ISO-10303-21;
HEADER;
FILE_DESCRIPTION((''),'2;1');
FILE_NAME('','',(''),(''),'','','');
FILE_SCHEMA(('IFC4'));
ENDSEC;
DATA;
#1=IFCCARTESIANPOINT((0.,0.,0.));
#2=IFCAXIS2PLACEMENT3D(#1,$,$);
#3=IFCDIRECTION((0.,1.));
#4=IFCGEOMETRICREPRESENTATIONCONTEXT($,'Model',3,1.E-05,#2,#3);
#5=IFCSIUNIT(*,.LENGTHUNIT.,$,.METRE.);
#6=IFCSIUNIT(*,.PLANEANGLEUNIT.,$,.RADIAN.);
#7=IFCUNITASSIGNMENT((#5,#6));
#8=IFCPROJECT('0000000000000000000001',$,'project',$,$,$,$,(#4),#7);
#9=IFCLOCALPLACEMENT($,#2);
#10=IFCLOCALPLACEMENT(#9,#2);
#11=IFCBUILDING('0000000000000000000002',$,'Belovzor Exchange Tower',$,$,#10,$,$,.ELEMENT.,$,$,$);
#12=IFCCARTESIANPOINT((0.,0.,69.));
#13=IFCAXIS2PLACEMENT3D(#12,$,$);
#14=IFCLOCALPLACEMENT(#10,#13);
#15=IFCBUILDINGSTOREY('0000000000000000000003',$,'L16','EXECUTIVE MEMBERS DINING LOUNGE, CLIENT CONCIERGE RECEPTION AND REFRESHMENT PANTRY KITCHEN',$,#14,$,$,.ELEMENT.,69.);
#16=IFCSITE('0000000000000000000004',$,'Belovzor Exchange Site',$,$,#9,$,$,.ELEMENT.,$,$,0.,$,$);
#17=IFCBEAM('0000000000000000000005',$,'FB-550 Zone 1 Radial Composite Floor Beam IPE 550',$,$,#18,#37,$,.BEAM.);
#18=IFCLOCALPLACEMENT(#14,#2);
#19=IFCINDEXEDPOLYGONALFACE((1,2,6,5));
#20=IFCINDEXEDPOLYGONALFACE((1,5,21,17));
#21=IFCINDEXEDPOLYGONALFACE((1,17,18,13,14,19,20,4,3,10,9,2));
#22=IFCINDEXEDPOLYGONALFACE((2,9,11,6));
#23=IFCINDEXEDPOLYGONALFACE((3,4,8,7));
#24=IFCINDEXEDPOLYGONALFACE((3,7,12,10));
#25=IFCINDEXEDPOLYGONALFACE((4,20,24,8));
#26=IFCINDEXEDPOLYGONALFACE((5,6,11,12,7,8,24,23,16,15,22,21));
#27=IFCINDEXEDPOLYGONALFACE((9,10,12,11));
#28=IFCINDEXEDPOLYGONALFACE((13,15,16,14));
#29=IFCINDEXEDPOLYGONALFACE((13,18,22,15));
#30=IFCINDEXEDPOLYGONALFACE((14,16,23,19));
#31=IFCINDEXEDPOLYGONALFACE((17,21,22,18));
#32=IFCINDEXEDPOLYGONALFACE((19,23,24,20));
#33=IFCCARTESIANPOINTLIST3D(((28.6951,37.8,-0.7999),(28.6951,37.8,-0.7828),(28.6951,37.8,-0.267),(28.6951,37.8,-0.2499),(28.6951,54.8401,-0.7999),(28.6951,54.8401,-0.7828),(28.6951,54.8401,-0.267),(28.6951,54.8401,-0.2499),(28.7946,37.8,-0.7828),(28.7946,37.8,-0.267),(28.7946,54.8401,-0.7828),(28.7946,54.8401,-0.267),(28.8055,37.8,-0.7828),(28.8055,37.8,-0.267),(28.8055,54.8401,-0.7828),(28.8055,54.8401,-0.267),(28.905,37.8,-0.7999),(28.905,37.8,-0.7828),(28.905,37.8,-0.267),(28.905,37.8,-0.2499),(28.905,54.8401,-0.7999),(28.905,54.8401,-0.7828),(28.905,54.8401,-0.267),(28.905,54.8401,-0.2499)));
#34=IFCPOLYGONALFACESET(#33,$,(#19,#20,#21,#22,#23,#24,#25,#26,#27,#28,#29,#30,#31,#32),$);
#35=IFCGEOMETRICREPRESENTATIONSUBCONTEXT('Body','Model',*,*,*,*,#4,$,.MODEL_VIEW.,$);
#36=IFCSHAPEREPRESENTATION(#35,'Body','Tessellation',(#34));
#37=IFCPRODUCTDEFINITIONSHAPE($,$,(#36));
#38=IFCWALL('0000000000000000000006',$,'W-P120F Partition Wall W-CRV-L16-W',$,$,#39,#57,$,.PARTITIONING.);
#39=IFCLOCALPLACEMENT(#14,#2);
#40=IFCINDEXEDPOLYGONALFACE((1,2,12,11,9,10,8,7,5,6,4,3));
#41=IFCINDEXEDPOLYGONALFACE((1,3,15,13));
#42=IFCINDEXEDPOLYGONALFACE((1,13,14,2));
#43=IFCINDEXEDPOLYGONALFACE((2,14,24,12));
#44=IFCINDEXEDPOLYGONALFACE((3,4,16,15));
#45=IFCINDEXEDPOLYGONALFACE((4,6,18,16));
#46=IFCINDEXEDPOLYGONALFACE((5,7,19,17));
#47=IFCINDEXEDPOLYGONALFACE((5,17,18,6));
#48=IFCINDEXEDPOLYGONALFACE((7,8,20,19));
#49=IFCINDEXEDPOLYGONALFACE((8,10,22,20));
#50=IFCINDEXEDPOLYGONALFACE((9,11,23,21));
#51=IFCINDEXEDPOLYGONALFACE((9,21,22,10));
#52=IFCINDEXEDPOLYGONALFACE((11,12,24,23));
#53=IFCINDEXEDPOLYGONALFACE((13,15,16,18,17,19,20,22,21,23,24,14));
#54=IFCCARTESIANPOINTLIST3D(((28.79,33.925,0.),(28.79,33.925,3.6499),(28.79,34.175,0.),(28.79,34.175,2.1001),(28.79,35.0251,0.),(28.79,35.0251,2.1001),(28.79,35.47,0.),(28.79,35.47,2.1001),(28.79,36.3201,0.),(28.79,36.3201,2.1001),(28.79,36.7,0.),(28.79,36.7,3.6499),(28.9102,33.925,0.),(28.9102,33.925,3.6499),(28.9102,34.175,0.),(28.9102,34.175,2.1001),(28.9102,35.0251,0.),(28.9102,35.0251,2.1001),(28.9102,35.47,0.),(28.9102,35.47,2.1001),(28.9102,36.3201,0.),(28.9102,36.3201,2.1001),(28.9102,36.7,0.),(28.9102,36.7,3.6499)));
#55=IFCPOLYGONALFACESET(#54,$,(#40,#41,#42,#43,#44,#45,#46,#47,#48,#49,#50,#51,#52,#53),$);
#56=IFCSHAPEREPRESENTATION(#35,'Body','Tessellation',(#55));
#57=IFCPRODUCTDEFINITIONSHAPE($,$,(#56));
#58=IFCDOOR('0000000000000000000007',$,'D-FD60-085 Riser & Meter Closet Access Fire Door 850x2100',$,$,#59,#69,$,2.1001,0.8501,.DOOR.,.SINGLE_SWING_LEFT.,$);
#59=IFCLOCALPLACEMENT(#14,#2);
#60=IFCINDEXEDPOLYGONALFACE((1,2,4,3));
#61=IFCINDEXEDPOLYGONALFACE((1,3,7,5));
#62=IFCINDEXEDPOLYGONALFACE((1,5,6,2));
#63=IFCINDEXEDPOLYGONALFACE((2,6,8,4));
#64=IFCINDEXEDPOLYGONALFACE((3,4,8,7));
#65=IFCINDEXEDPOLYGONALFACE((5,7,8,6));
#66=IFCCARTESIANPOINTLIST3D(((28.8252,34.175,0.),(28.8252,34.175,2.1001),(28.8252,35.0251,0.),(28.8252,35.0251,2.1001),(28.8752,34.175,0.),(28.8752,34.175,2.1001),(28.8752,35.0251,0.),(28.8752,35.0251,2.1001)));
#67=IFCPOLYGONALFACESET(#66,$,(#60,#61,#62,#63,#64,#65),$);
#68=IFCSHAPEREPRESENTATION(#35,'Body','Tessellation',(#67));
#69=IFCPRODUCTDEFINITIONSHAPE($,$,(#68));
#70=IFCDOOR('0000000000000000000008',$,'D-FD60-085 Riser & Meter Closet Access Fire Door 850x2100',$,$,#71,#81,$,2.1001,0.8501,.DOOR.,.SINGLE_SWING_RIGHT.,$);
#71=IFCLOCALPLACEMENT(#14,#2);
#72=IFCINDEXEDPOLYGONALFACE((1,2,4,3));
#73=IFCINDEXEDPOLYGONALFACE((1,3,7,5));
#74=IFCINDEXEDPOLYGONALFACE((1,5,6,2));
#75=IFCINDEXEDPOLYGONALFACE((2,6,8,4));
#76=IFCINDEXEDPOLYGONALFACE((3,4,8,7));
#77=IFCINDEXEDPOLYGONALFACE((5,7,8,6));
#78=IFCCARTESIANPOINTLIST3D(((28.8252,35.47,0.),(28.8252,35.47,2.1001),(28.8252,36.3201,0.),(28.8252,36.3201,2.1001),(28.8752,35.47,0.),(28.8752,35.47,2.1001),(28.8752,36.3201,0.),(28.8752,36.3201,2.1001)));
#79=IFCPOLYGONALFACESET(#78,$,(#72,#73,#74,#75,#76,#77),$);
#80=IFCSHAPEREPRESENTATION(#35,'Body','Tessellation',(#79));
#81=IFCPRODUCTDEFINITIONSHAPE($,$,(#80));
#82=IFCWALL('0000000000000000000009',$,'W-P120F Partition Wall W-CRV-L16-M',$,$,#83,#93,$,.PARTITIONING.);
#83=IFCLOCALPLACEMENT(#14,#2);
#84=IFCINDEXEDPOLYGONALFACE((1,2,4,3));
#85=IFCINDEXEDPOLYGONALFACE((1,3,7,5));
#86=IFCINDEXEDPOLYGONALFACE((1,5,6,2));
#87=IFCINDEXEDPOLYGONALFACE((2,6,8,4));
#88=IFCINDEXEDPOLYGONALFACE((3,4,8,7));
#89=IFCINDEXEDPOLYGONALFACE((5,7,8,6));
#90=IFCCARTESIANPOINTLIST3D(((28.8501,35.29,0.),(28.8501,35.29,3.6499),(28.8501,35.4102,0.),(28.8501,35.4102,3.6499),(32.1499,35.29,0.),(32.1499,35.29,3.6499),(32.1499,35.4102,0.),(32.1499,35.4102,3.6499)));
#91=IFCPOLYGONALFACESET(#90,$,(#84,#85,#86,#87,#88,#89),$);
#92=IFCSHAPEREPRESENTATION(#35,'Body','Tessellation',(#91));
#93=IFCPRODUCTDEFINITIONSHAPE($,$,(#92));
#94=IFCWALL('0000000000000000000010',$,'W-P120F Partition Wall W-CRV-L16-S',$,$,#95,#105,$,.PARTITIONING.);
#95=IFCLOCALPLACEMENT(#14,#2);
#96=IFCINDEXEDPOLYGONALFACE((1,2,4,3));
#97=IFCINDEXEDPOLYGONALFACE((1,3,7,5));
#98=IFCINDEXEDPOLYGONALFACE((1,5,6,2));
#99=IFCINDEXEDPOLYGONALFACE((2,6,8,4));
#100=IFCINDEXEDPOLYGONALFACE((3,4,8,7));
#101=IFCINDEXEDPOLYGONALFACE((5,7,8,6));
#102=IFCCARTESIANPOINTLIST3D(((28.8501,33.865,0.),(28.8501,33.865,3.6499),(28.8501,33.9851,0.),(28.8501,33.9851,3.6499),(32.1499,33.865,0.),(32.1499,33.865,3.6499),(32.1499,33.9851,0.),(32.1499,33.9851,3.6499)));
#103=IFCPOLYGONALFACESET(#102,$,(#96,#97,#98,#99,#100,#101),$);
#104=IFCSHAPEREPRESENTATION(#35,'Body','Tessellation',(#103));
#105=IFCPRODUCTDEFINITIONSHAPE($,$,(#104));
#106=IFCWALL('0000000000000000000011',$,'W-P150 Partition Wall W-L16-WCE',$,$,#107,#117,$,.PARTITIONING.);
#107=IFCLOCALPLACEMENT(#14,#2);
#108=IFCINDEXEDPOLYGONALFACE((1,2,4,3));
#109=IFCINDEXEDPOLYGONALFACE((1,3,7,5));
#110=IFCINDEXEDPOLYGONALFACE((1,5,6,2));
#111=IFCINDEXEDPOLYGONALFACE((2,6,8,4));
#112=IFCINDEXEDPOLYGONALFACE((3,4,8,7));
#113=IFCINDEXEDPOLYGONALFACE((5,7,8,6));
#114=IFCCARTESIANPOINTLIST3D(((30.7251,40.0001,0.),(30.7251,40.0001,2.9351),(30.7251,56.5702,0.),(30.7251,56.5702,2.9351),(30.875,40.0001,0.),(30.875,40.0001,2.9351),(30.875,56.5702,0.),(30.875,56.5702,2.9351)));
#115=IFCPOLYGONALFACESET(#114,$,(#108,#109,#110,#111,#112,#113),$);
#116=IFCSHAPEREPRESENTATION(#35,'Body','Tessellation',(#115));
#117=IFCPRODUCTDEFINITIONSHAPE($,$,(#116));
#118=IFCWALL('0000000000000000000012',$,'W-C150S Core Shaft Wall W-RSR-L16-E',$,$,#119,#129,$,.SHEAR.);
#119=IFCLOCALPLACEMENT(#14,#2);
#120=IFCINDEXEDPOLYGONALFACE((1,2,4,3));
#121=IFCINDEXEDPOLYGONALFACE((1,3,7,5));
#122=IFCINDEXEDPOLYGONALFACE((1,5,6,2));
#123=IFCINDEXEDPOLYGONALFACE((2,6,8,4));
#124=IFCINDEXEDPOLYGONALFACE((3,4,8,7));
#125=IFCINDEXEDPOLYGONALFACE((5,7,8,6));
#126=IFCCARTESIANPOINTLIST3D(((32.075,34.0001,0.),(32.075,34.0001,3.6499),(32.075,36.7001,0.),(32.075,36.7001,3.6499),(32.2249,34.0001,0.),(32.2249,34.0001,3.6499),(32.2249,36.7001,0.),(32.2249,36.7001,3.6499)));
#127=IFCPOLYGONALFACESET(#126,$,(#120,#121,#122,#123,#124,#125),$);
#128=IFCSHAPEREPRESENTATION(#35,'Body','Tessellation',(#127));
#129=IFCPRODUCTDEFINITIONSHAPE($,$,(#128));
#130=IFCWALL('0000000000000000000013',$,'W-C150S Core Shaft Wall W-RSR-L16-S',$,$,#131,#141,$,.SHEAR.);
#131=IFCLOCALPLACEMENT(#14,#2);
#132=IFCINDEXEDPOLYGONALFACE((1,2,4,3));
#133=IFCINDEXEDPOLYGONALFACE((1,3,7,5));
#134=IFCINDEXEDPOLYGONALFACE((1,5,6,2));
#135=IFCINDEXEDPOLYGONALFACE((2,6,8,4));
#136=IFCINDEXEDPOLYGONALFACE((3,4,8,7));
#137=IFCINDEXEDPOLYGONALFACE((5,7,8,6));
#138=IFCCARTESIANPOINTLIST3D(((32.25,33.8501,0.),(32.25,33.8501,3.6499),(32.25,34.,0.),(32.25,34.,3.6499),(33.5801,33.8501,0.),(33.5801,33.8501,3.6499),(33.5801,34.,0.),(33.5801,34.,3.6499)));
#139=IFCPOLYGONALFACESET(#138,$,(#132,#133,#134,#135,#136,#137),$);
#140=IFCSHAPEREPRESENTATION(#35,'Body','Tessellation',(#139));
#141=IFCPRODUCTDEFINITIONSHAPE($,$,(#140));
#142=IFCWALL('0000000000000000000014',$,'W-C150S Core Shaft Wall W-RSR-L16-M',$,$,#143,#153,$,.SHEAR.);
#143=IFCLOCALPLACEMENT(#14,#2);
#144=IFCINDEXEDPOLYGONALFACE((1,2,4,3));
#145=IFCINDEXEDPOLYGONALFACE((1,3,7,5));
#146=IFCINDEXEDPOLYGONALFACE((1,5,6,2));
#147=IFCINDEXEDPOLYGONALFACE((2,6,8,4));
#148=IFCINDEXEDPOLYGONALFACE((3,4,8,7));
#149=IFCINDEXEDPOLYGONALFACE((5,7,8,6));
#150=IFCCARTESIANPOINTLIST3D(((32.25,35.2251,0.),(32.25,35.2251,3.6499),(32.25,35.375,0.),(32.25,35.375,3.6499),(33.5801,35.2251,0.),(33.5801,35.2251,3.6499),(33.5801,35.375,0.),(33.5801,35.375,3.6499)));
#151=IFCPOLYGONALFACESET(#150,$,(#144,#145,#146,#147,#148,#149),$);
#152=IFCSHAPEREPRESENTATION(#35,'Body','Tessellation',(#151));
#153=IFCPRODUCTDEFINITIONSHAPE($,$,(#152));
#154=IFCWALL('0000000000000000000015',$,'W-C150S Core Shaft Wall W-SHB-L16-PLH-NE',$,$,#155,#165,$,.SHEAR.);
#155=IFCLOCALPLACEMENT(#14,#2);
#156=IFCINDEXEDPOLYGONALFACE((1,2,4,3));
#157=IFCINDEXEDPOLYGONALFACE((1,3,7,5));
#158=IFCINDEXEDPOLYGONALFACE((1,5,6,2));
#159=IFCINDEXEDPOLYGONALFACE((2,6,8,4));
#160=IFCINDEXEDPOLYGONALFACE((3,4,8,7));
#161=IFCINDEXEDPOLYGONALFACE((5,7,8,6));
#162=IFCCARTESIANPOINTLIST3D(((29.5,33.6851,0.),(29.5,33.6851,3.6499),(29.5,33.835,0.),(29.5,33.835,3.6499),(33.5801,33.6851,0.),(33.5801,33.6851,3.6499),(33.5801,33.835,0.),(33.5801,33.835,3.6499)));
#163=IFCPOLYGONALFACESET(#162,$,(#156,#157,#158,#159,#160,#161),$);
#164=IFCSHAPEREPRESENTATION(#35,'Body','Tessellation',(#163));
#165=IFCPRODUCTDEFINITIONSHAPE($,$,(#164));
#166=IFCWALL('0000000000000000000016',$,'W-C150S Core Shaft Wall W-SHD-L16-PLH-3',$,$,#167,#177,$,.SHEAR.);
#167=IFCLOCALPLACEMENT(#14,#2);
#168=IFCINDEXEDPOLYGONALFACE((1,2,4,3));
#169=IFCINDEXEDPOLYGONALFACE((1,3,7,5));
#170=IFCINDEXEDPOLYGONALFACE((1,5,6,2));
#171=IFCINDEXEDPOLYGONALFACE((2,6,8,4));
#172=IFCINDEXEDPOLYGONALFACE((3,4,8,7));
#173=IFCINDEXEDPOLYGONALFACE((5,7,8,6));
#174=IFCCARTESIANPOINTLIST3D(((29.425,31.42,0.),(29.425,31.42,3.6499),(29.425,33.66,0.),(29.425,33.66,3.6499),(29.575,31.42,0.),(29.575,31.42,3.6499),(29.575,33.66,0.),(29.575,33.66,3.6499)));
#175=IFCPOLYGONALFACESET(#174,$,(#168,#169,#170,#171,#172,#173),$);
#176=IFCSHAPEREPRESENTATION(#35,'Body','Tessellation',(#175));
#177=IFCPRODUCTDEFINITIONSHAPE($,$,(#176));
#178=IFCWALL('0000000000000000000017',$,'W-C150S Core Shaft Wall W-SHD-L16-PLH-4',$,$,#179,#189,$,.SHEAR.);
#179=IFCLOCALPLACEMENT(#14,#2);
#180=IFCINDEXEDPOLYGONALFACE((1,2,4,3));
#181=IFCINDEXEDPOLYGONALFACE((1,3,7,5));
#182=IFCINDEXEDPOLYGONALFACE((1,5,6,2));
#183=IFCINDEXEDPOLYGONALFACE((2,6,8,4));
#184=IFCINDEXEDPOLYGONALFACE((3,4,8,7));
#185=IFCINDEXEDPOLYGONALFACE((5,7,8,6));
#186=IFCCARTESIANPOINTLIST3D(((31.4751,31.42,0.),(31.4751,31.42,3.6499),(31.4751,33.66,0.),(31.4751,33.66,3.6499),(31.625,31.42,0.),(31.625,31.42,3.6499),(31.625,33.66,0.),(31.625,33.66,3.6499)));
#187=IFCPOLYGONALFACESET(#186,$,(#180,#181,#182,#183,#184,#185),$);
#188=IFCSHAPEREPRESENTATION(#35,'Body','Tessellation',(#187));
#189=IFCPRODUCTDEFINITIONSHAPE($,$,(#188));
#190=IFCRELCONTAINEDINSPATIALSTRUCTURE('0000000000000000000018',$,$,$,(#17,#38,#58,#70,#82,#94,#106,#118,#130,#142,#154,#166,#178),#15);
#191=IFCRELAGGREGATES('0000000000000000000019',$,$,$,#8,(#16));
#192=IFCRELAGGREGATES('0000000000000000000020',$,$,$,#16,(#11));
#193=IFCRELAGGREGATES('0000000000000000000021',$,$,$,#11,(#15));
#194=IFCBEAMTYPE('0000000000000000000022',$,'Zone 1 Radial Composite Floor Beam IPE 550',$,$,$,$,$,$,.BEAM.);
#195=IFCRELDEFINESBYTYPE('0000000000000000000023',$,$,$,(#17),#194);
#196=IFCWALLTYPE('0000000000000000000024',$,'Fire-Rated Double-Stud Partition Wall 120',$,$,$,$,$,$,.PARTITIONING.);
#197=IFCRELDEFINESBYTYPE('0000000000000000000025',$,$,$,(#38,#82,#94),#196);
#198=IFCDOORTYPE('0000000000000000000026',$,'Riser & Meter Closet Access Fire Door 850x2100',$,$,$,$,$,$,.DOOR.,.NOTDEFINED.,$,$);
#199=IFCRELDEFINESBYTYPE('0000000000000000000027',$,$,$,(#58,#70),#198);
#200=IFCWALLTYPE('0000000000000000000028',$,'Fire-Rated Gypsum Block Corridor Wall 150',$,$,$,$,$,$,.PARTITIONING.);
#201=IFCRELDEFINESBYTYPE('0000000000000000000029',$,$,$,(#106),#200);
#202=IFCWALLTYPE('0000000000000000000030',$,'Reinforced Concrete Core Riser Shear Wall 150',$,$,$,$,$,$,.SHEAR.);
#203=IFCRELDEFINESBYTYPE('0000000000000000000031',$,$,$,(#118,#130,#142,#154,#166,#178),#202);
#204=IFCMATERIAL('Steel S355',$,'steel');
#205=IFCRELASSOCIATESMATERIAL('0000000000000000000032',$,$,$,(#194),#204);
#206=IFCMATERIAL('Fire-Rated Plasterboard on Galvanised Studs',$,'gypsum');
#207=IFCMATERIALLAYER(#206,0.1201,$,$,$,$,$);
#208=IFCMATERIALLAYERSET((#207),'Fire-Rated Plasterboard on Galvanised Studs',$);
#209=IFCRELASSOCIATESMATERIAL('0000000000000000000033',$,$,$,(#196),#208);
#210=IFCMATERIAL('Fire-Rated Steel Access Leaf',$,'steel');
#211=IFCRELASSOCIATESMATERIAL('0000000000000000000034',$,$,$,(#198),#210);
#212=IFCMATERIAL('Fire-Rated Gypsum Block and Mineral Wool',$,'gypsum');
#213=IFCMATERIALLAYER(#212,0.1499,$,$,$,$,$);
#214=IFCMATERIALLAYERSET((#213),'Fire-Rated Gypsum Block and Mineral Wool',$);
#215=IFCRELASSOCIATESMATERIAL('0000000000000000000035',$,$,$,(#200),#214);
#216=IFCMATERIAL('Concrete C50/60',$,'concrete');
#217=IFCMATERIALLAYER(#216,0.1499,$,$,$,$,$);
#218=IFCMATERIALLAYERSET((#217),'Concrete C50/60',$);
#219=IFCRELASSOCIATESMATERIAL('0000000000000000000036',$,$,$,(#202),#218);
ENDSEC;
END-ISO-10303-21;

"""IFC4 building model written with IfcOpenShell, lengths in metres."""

from ifc_helpers import new_model, si_unit, direction, frame, frame_2d, origin, origin_2d, place, context, subcontext, project, spatial, rectangle, i_section, extrude, material, layer, layer_set, material_profile, profile_set, type_object, element, fill, save


model = new_model("IFC4")

# Units and contexts
model_context = context("Model", 3, precision=1e-05, world=origin(), true_north=direction((0.0, 1.0)))
body_context = subcontext(model_context, "Body", "Model", "MODEL_VIEW")
ifc_project = project(units=[si_unit("LENGTHUNIT", "METRE"), si_unit("PLANEANGLEUNIT", "RADIAN")], contexts=[model_context])

# Site, building, storey
site_placement = place(None, origin())
site = spatial("IfcSite", under=ifc_project, at=site_placement, Name="Belovzor Exchange Site", CompositionType="ELEMENT", RefElevation=0.0)
building_placement = place(site_placement, origin())
building = spatial("IfcBuilding", under=site, at=building_placement, Name="Belovzor Exchange Tower", CompositionType="ELEMENT")
storey_placement = place(building_placement, frame((0.0, 0.0, 69.0)))
storey = spatial("IfcBuildingStorey", under=building, at=storey_placement, Name="L16", Description="EXECUTIVE MEMBERS DINING LOUNGE, CLIENT CONCIERGE RECEPTION AND REFRESHMENT PANTRY KITCHEN", CompositionType="ELEMENT", Elevation=69.0)

# Beam
ifc_material_1 = material(Name="Steel S355", Category="steel")
ifc_material_profile = material_profile(ifc_material_1, i_section(OverallWidth=0.21, OverallDepth=0.55, WebThickness=0.011, FlangeThickness=0.0171, at=origin_2d()))
ifc_profile_set = profile_set([ifc_material_profile], Name="Steel S355")
beam_type = type_object("IfcBeamType", Name="Zone 1 Radial Composite Floor Beam IPE 550", PredefinedType="BEAM", material=ifc_profile_set)
beam_placement = place(storey_placement, frame((28.8, 37.8, -0.5249), z_axis=(0.0, 1.0, 0.0), x_axis=(-1.0, 0.0, 0.0)))
element("IfcBeam", 1, at=beam_placement, inside=storey, type_object=beam_type, Name="FB-550 Zone 1 Radial Composite Floor Beam IPE 550", PredefinedType="BEAM", context=body_context, shape_type="SweptSolid", body=[
    extrude(i_section(OverallWidth=0.21, OverallDepth=0.55, WebThickness=0.011, FlangeThickness=0.0171, at=origin_2d()), origin(), (0.0, 0.0, 1.0), 17.04),
])

# Wall, openings, doors
ifc_material_2 = material(Name="Fire-Rated Plasterboard on Galvanised Studs", Category="gypsum")
ifc_layer_1 = layer(ifc_material_2, 0.1201)
ifc_layer_set_1 = layer_set([ifc_layer_1], Name="Fire-Rated Plasterboard on Galvanised Studs")
wall_type_1 = type_object("IfcWallType", Name="Fire-Rated Double-Stud Partition Wall 120", PredefinedType="PARTITIONING", material=ifc_layer_set_1)
wall_1_placement = place(storey_placement, frame((28.8501, 33.925, 0.0), z_axis=(0.0, 0.0, 1.0), x_axis=(0.0, 1.0, 0.0)))
wall_1 = element("IfcWall", 2, at=wall_1_placement, inside=storey, type_object=wall_type_1, Name="W-P120F Partition Wall W-CRV-L16-W", PredefinedType="PARTITIONING", context=body_context, shape_type="SweptSolid", body=[
    extrude(rectangle(XDim=2.7749, YDim=0.1201, at=frame_2d((1.3875, 0.0))), origin(), (0.0, 0.0, 1.0), 3.6499),
])
opening_1_placement = place(wall_1_placement, frame((0.25, 0.0, 0.0)))
opening_1 = element("IfcOpeningElement", 3, at=opening_1_placement, cuts=wall_1, PredefinedType="OPENING", context=body_context, shape_type="SweptSolid", body=[
    extrude(rectangle(XDim=0.8501, YDim=2.1001, at=frame_2d((0.425, 1.05))), frame((0.0, 0.0701, 0.0), z_axis=(0.0, -1.0, 0.0), x_axis=(1.0, 0.0, 0.0)), (0.0, 0.0, 1.0), 0.1401),
])
opening_2_placement = place(wall_1_placement, frame((1.5449, 0.0, 0.0)))
opening_2 = element("IfcOpeningElement", 4, at=opening_2_placement, cuts=wall_1, PredefinedType="OPENING", context=body_context, shape_type="SweptSolid", body=[
    extrude(rectangle(XDim=0.8501, YDim=2.1001, at=frame_2d((0.425, 1.05))), frame((0.0, 0.0701, 0.0), z_axis=(0.0, -1.0, 0.0), x_axis=(1.0, 0.0, 0.0)), (0.0, 0.0, 1.0), 0.1401),
])
ifc_material_3 = material(Name="Fire-Rated Steel Access Leaf", Category="steel")
door_type = type_object("IfcDoorType", Name="Riser & Meter Closet Access Fire Door 850x2100", OperationType="NOTDEFINED", PredefinedType="DOOR", material=ifc_material_3)
door_1_placement = place(opening_1_placement, origin())
door_1 = element("IfcDoor", 5, at=door_1_placement, inside=storey, type_object=door_type, Name="D-FD60-085 Riser & Meter Closet Access Fire Door 850x2100", OperationType="SINGLE_SWING_LEFT", OverallHeight=2.1001, OverallWidth=0.8501, PredefinedType="DOOR", context=body_context, shape_type="SweptSolid", body=[
    extrude(rectangle(XDim=0.8501, YDim=2.1001, at=frame_2d((0.425, 1.05))), frame((0.0, 0.0249, 0.0), z_axis=(0.0, -1.0, 0.0), x_axis=(1.0, 0.0, 0.0)), (0.0, 0.0, 1.0), 0.05),
])
fill(opening_1, door_1)
door_2_placement = place(opening_2_placement, origin())
door_2 = element("IfcDoor", 6, at=door_2_placement, inside=storey, type_object=door_type, Name="D-FD60-085 Riser & Meter Closet Access Fire Door 850x2100", OperationType="SINGLE_SWING_RIGHT", OverallHeight=2.1001, OverallWidth=0.8501, PredefinedType="DOOR", context=body_context, shape_type="SweptSolid", body=[
    extrude(rectangle(XDim=0.8501, YDim=2.1001, at=frame_2d((0.425, 1.05))), frame((0.0, 0.0249, 0.0), z_axis=(0.0, -1.0, 0.0), x_axis=(1.0, 0.0, 0.0)), (0.0, 0.0, 1.0), 0.05),
])
fill(opening_2, door_2)

# Walls
for number, where, z_axis, x_axis, name in (
    (7, (28.8501, 35.3501, 0.0), (0.0, 0.0, 1.0), (1.0, 0.0, 0.0), "W-P120F Partition Wall W-CRV-L16-M"),
    (8, (28.8501, 33.925, 0.0), (0.0, 0.0, 1.0), (1.0, 0.0, 0.0), "W-P120F Partition Wall W-CRV-L16-S"),
):
    element("IfcWall", number, at=place(storey_placement, frame(where, z_axis=z_axis, x_axis=x_axis)), inside=storey, type_object=wall_type_1, Name=name, PredefinedType="PARTITIONING", context=body_context, shape_type="SweptSolid", body=[
        extrude(rectangle(XDim=3.2998, YDim=0.1201, at=frame_2d((1.6499, 0.0))), origin(), (0.0, 0.0, 1.0), 3.6499),
    ])
ifc_material_4 = material(Name="Fire-Rated Gypsum Block and Mineral Wool", Category="gypsum")
ifc_layer_2 = layer(ifc_material_4, 0.1499)
ifc_layer_set_2 = layer_set([ifc_layer_2], Name="Fire-Rated Gypsum Block and Mineral Wool")
wall_type_2 = type_object("IfcWallType", Name="Fire-Rated Gypsum Block Corridor Wall 150", PredefinedType="PARTITIONING", material=ifc_layer_set_2)
wall_2_placement = place(storey_placement, frame((30.8, 40.0, 0.0), z_axis=(0.0, 0.0, 1.0), x_axis=(0.0, 1.0, 0.0)))
element("IfcWall", 9, at=wall_2_placement, inside=storey, type_object=wall_type_2, Name="W-P150 Partition Wall W-L16-WCE", PredefinedType="PARTITIONING", context=body_context, shape_type="SweptSolid", body=[
    extrude(rectangle(XDim=16.5701, YDim=0.1499, at=frame_2d((8.2852, 0.0))), origin(), (0.0, 0.0, 1.0), 2.9351),
])
ifc_material_5 = material(Name="Concrete C50/60", Category="concrete")
ifc_layer_3 = layer(ifc_material_5, 0.1499)
ifc_layer_set_3 = layer_set([ifc_layer_3], Name="Concrete C50/60")
wall_type_3 = type_object("IfcWallType", Name="Reinforced Concrete Core Riser Shear Wall 150", PredefinedType="SHEAR", material=ifc_layer_set_3)
wall_3_placement = place(storey_placement, frame((32.1499, 34.0, 0.0), z_axis=(0.0, 0.0, 1.0), x_axis=(0.0, 1.0, 0.0)))
element("IfcWall", 10, at=wall_3_placement, inside=storey, type_object=wall_type_3, Name="W-C150S Core Shaft Wall W-RSR-L16-E", PredefinedType="SHEAR", context=body_context, shape_type="SweptSolid", body=[
    extrude(rectangle(XDim=2.7, YDim=0.1499, at=frame_2d((1.3501, 0.0))), origin(), (0.0, 0.0, 1.0), 3.6499),
])
for number, where, z_axis, x_axis, name in (
    (11, (32.25, 33.925, 0.0), (0.0, 0.0, 1.0), (1.0, 0.0, 0.0), "W-C150S Core Shaft Wall W-RSR-L16-S"),
    (12, (32.25, 35.3, 0.0), (0.0, 0.0, 1.0), (1.0, 0.0, 0.0), "W-C150S Core Shaft Wall W-RSR-L16-M"),
):
    element("IfcWall", number, at=place(storey_placement, frame(where, z_axis=z_axis, x_axis=x_axis)), inside=storey, type_object=wall_type_3, Name=name, PredefinedType="SHEAR", context=body_context, shape_type="SweptSolid", body=[
        extrude(rectangle(XDim=1.3301, YDim=0.1499, at=frame_2d((0.665, 0.0))), origin(), (0.0, 0.0, 1.0), 3.6499),
    ])
wall_4_placement = place(storey_placement, frame((29.5, 33.76, 0.0), z_axis=(0.0, 0.0, 1.0), x_axis=(1.0, 0.0, 0.0)))
element("IfcWall", 13, at=wall_4_placement, inside=storey, type_object=wall_type_3, Name="W-C150S Core Shaft Wall W-SHB-L16-PLH-NE", PredefinedType="SHEAR", context=body_context, shape_type="SweptSolid", body=[
    extrude(rectangle(XDim=4.0801, YDim=0.1499, at=frame_2d((2.04, 0.0))), origin(), (0.0, 0.0, 1.0), 3.6499),
])
for number, where, z_axis, x_axis, name in (
    (14, (29.5, 31.4199, 0.0), (0.0, 0.0, 1.0), (0.0, 1.0, 0.0), "W-C150S Core Shaft Wall W-SHD-L16-PLH-3"),
    (15, (31.55, 31.4199, 0.0), (0.0, 0.0, 1.0), (0.0, 1.0, 0.0), "W-C150S Core Shaft Wall W-SHD-L16-PLH-4"),
):
    element("IfcWall", number, at=place(storey_placement, frame(where, z_axis=z_axis, x_axis=x_axis)), inside=storey, type_object=wall_type_3, Name=name, PredefinedType="SHEAR", context=body_context, shape_type="SweptSolid", body=[
        extrude(rectangle(XDim=2.24, YDim=0.1499, at=frame_2d((1.1201, 0.0))), origin(), (0.0, 0.0, 1.0), 3.6499),
    ])

save(model, "model.ifc")
